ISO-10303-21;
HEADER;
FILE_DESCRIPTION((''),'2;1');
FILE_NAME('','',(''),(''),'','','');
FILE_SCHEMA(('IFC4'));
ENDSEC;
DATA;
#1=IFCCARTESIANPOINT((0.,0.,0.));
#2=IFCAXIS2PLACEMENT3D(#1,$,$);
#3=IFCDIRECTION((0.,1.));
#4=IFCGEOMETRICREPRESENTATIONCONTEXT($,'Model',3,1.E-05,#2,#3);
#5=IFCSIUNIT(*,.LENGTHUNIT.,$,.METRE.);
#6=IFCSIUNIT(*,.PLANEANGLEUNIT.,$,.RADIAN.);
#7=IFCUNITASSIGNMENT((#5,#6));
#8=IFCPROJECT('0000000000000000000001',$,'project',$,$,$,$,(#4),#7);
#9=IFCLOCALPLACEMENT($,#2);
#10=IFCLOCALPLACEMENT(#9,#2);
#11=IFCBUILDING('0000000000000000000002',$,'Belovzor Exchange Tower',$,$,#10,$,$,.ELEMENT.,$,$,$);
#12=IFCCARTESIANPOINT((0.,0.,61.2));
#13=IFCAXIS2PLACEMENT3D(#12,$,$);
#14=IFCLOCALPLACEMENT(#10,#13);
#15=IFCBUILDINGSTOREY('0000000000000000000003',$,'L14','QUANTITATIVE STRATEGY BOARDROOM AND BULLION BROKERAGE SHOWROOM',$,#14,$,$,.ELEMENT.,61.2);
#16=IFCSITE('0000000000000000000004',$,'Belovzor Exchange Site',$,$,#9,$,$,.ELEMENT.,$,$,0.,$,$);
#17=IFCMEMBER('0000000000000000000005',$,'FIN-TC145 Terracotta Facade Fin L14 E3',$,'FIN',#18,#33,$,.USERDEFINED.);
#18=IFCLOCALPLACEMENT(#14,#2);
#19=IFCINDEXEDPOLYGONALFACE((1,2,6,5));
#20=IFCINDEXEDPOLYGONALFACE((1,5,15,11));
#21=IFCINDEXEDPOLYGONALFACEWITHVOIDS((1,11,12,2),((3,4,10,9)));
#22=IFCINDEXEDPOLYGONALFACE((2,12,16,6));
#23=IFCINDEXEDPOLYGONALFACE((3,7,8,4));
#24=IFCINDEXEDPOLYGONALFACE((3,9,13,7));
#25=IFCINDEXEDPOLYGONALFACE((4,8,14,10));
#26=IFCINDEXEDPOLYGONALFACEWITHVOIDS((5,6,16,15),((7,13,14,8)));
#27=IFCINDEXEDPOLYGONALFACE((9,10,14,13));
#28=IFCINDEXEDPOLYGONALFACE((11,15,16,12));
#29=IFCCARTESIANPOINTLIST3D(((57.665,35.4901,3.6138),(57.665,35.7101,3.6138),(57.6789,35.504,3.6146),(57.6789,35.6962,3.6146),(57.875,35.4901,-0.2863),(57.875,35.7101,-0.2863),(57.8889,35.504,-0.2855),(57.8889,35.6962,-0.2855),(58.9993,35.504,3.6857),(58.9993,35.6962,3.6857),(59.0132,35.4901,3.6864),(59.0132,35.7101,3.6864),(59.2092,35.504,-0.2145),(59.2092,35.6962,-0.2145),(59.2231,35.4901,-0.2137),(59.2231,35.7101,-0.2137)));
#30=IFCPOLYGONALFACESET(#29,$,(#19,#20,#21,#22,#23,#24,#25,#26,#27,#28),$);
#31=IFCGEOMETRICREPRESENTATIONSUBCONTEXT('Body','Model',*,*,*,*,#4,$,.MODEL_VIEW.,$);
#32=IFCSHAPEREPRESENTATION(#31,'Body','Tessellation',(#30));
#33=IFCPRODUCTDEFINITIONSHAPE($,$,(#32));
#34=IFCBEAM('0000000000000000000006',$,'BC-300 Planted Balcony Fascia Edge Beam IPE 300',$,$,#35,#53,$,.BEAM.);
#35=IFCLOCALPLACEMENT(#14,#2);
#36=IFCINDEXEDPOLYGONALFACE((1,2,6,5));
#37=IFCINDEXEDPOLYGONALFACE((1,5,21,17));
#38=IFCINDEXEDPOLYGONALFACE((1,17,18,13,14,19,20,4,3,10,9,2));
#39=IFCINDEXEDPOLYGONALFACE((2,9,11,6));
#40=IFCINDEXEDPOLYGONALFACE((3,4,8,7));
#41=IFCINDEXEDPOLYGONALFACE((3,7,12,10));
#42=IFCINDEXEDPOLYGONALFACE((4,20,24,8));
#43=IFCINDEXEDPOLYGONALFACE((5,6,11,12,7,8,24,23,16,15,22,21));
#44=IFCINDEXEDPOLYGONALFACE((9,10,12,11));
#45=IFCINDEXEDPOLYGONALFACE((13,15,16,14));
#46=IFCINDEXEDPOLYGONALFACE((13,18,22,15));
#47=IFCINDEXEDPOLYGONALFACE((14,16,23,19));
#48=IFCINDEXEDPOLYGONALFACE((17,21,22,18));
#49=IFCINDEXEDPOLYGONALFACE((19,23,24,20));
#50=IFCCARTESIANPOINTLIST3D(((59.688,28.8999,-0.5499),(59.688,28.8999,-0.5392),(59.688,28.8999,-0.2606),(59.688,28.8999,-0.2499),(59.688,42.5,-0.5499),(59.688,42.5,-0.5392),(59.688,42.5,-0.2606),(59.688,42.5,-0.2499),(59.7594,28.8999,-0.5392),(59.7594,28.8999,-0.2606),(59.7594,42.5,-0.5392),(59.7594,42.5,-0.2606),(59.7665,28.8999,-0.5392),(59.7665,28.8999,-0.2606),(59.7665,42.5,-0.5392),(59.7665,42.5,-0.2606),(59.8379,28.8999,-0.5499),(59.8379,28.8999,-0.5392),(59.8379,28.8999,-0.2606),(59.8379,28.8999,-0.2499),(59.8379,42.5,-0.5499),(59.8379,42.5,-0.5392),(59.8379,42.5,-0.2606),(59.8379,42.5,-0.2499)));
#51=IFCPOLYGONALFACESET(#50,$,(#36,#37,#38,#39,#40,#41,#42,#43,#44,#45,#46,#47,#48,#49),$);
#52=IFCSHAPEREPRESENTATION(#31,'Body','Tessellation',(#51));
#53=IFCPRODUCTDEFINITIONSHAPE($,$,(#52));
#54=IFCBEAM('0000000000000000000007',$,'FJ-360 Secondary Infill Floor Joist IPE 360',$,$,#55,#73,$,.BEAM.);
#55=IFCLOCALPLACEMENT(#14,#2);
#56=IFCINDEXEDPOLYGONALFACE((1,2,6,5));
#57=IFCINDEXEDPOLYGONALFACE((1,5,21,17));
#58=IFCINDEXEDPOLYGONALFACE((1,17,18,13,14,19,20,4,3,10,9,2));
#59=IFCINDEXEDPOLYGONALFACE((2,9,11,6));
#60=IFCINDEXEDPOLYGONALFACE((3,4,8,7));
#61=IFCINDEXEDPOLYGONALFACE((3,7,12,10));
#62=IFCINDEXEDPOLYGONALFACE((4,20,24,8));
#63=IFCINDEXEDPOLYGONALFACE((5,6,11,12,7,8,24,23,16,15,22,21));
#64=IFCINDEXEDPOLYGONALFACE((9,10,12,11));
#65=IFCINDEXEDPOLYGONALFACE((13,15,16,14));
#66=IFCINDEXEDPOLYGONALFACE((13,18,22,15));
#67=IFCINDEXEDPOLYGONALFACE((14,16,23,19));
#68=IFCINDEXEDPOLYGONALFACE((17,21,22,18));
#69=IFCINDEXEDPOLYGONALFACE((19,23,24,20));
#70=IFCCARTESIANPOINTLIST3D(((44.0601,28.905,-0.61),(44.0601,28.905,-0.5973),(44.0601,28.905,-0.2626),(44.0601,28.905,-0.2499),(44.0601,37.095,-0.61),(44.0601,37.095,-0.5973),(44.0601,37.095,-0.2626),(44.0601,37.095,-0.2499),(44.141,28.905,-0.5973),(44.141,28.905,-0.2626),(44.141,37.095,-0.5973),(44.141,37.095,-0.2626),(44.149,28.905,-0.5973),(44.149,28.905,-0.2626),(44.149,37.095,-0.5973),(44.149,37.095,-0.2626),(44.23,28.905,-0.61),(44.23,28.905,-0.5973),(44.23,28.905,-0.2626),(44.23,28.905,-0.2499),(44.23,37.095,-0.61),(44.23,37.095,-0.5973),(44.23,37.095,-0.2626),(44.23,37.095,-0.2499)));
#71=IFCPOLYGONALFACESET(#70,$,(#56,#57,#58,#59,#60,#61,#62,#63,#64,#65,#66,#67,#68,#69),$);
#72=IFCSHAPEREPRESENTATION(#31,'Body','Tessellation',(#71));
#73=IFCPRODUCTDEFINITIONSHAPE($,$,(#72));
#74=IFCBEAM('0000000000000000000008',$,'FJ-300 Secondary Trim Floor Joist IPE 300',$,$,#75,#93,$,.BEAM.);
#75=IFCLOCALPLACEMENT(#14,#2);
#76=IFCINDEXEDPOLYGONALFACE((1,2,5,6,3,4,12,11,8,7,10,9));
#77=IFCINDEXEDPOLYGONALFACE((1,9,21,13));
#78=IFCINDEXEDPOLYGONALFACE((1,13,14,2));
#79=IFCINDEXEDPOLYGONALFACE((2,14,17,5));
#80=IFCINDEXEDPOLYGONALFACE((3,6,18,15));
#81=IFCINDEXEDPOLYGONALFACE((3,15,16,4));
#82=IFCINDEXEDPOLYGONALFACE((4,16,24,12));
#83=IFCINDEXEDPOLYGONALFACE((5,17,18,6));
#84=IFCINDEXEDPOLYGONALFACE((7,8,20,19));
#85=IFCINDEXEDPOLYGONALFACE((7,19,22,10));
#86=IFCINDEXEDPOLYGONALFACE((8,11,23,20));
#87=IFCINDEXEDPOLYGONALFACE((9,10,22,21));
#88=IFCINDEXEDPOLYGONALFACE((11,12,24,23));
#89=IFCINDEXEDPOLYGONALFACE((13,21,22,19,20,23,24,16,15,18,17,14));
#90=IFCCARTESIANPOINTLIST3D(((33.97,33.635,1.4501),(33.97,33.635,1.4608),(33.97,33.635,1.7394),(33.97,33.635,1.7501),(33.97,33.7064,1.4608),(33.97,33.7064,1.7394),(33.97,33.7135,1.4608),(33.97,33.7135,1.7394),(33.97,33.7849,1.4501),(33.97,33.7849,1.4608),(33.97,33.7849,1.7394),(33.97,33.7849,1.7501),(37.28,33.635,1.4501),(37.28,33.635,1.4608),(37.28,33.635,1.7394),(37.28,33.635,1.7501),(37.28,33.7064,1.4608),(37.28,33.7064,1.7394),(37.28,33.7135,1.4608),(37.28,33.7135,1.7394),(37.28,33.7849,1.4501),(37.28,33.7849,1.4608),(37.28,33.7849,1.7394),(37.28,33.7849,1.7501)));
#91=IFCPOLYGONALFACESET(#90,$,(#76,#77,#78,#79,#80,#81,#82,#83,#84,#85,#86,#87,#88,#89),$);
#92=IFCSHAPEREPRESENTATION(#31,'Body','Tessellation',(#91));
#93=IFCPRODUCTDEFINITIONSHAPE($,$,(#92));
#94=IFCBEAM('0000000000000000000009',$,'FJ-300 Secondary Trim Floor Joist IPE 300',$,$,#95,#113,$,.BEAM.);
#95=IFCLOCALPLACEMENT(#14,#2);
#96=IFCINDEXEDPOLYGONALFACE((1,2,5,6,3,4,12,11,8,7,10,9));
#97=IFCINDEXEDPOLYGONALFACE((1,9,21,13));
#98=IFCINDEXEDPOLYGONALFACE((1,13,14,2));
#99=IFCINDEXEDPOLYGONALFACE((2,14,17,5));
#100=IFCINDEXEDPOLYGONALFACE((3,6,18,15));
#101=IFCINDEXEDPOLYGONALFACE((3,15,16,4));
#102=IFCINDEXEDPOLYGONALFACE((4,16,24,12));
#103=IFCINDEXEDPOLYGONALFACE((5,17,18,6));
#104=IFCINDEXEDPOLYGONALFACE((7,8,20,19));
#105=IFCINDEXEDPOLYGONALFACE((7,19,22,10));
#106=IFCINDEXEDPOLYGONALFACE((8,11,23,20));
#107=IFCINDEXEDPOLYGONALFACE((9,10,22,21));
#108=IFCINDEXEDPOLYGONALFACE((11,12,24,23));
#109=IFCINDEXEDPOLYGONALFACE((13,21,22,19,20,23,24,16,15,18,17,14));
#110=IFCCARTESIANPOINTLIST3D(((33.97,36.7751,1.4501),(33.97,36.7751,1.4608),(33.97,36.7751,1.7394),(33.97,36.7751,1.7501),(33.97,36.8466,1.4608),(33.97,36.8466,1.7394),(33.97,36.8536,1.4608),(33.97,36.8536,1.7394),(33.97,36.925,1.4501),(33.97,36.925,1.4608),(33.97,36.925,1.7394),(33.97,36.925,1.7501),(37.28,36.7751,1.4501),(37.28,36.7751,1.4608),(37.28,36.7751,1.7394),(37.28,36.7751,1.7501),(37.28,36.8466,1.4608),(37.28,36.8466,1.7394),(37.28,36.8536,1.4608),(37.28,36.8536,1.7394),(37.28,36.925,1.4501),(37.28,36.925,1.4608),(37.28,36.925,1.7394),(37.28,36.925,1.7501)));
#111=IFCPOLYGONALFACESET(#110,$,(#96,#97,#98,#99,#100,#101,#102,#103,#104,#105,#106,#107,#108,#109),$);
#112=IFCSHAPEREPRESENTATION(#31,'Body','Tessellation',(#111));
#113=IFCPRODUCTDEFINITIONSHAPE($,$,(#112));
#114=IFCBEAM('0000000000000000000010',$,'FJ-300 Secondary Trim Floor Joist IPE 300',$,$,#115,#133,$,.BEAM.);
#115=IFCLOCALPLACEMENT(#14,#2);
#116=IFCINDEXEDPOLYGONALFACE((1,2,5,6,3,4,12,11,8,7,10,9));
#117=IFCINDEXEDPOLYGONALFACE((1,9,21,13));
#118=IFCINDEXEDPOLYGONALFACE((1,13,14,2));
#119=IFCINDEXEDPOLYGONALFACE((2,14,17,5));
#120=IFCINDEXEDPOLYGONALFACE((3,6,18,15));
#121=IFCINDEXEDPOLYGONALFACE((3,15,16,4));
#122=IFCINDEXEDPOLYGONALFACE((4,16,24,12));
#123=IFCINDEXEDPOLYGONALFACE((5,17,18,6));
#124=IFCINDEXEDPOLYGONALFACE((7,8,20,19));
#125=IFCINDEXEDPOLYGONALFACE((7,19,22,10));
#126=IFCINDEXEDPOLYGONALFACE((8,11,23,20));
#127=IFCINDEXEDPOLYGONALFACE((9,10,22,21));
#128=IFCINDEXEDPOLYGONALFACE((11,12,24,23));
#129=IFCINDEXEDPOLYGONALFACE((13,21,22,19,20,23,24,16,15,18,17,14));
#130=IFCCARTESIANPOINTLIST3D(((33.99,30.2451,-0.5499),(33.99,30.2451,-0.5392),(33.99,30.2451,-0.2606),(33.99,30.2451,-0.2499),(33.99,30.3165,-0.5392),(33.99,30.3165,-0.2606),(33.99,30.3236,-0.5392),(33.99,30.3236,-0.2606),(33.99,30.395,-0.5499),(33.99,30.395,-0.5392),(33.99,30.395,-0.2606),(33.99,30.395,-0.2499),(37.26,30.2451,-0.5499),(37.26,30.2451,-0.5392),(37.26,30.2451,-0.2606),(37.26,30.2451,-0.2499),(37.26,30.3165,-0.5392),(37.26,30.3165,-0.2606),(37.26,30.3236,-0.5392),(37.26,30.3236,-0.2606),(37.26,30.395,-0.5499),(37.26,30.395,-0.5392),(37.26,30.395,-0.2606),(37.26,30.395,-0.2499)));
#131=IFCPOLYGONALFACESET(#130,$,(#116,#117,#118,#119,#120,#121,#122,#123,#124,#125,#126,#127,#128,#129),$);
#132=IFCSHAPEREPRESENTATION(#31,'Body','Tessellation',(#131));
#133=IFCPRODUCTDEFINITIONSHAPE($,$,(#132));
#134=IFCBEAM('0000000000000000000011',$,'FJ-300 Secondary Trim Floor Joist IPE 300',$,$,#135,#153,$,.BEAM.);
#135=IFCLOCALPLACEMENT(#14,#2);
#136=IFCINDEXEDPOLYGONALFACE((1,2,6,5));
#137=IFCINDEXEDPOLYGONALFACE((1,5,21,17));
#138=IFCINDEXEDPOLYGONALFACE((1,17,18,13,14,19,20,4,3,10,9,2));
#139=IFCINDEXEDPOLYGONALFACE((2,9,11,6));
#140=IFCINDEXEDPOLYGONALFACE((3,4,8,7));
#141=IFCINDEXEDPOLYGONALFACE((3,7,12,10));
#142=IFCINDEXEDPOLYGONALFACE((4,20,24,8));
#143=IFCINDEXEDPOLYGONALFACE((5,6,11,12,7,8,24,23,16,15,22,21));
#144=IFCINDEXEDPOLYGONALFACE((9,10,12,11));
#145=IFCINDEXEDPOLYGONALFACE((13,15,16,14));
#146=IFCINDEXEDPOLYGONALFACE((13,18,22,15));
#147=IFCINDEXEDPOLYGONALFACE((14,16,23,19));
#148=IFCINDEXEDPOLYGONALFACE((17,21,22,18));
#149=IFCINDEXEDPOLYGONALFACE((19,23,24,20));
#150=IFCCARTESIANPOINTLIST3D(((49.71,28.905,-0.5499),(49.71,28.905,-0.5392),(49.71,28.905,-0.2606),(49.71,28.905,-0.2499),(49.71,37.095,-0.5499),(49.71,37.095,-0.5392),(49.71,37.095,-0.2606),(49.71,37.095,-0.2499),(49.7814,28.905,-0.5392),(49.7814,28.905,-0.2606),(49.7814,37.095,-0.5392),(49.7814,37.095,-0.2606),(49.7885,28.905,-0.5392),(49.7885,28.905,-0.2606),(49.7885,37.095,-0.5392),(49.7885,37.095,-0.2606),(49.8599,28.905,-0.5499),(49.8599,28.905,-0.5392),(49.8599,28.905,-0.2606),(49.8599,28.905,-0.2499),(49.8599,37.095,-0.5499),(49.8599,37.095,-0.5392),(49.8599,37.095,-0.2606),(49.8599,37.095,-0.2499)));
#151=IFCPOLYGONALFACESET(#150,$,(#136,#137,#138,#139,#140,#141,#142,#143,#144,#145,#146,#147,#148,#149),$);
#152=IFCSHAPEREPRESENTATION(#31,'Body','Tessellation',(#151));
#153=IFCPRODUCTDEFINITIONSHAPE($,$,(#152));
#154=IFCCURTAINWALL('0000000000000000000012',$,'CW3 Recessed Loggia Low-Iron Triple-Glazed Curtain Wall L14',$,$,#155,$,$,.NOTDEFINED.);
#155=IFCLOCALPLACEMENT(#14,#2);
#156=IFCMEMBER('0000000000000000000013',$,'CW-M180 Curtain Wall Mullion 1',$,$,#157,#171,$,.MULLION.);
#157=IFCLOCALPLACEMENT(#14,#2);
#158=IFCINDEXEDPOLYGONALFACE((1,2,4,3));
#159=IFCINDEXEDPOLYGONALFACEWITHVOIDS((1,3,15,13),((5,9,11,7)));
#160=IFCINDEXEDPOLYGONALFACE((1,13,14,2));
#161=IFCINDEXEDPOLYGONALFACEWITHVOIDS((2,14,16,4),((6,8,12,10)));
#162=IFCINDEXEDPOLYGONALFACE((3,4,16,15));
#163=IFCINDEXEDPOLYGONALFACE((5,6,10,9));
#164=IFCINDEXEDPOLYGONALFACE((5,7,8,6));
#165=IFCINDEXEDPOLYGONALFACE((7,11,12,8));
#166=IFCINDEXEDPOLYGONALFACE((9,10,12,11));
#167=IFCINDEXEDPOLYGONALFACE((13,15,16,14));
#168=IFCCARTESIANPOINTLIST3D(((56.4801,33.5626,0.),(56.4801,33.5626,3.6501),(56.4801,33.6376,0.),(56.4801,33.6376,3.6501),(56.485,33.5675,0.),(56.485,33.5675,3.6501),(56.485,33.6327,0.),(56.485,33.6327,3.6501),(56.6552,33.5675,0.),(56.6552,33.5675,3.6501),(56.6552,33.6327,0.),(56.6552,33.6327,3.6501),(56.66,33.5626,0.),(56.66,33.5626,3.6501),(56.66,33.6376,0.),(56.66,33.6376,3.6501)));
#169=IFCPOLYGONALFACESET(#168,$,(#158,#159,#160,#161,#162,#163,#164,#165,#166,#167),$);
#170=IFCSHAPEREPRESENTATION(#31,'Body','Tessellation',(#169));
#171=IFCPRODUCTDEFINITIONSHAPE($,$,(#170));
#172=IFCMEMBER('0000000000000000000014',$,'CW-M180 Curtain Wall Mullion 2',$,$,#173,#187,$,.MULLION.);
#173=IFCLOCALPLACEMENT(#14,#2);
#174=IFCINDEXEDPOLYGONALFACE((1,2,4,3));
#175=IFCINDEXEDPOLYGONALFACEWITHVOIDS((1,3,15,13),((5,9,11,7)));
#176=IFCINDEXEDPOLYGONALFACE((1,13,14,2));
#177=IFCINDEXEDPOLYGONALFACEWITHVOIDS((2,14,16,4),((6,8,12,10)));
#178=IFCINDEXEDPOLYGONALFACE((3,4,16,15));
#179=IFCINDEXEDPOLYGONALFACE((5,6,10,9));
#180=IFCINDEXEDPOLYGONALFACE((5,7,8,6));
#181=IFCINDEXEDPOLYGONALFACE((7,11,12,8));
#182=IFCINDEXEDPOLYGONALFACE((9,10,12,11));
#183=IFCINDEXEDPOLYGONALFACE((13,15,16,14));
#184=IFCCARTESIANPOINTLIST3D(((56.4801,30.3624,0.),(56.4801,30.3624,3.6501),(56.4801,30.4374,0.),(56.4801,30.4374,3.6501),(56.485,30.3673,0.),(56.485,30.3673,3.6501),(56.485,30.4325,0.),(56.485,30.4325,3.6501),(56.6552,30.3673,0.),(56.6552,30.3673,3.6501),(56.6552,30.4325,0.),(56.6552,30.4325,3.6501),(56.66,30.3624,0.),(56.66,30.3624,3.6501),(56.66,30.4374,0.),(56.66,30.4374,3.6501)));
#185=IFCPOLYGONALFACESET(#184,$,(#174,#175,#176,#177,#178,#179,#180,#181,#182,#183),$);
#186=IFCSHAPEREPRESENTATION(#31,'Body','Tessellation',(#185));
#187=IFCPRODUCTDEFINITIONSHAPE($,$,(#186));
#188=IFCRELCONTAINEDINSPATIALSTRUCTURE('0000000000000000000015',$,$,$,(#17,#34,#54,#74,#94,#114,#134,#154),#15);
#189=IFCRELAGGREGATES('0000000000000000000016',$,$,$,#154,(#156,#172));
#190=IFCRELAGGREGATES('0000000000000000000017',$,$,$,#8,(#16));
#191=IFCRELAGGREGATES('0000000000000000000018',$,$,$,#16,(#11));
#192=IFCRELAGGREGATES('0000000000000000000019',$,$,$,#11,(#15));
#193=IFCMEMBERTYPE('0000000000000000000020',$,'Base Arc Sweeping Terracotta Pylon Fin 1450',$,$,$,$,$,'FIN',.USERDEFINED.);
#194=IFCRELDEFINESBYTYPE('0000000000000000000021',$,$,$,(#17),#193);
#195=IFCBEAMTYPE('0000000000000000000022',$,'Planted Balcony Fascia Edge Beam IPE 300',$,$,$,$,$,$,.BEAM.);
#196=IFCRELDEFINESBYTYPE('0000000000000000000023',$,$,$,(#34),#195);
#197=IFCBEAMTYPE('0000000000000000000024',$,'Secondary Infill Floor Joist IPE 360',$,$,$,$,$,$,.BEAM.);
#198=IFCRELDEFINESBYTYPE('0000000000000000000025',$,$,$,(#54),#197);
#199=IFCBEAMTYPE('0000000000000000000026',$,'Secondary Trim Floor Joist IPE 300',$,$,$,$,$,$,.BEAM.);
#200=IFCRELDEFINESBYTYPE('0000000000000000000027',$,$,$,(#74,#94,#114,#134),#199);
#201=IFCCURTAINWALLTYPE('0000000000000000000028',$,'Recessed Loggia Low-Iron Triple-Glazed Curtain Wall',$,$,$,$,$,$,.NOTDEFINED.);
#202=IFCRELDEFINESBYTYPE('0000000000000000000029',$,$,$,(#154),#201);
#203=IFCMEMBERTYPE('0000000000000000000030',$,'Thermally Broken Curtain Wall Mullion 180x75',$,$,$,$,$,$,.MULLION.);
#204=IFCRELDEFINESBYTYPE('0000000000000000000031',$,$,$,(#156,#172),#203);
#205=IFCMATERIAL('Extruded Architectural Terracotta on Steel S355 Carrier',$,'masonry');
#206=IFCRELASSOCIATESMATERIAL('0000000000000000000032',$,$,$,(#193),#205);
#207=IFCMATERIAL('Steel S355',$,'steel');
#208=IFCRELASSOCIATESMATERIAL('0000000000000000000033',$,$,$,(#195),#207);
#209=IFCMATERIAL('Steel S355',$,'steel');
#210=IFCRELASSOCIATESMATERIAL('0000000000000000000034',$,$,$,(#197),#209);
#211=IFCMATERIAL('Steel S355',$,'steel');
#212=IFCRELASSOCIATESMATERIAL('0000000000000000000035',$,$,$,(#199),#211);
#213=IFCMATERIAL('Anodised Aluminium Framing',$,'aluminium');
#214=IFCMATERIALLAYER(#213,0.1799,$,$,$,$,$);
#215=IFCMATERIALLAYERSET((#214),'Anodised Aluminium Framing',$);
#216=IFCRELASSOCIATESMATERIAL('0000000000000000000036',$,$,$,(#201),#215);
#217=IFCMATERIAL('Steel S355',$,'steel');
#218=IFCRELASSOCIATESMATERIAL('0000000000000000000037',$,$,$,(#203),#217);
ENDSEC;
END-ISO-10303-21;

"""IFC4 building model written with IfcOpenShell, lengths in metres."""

from ifc_helpers import new_model, si_unit, direction, frame, origin, origin_2d, place, context, subcontext, project, spatial, hollow_rectangle, i_section, extrude, material, layer, layer_set, material_profile, profile_set, type_object, element, aggregate, save


model = new_model("IFC4")

# Units and contexts
model_context = context("Model", 3, precision=1e-05, world=origin(), true_north=direction((0.0, 1.0)))
body_context = subcontext(model_context, "Body", "Model", "MODEL_VIEW")
ifc_project = project(units=[si_unit("LENGTHUNIT", "METRE"), si_unit("PLANEANGLEUNIT", "RADIAN")], contexts=[model_context])

# Site, building, storey
site_placement = place(None, origin())
site = spatial("IfcSite", under=ifc_project, at=site_placement, Name="Belovzor Exchange Site", CompositionType="ELEMENT", RefElevation=0.0)
building_placement = place(site_placement, origin())
building = spatial("IfcBuilding", under=site, at=building_placement, Name="Belovzor Exchange Tower", CompositionType="ELEMENT")
storey_placement = place(building_placement, frame((0.0, 0.0, 61.2)))
storey = spatial("IfcBuildingStorey", under=building, at=storey_placement, Name="L14", Description="QUANTITATIVE STRATEGY BOARDROOM AND BULLION BROKERAGE SHOWROOM", CompositionType="ELEMENT", Elevation=61.2)

# Member
ifc_material_1 = material(Name="Extruded Architectural Terracotta on Steel S355 Carrier", Category="masonry")
ifc_material_profile_1 = material_profile(ifc_material_1, hollow_rectangle(XDim=0.22, YDim=1.3501, WallThickness=0.0139, at=origin_2d()))
ifc_profile_set_1 = profile_set([ifc_material_profile_1], Name="Extruded Architectural Terracotta on Steel S355 Carrier")
member_type_1 = type_object("IfcMemberType", Name="Base Arc Sweeping Terracotta Pylon Fin 1450", ElementType="FIN", PredefinedType="USERDEFINED", material=ifc_profile_set_1)
member_1_placement = place(storey_placement, frame((58.5491, 35.6001, -0.25), z_axis=(-0.053756, 0.0, 0.998554), x_axis=(0.0, -1.0, 0.0)))
element("IfcMember", 1, at=member_1_placement, inside=storey, type_object=member_type_1, Name="FIN-TC145 Terracotta Facade Fin L14 E3", ObjectType="FIN", PredefinedType="USERDEFINED", context=body_context, shape_type="SweptSolid", body=[
    extrude(hollow_rectangle(XDim=0.22, YDim=1.3501, WallThickness=0.0139, at=origin_2d()), origin(), (0.0, 0.0, 1.0), 3.9058),
])

# Beams
ifc_material_2 = material(Name="Steel S355", Category="steel")
ifc_material_profile_2 = material_profile(ifc_material_2, i_section(OverallWidth=0.1499, OverallDepth=0.3, WebThickness=0.0071, FlangeThickness=0.0107, at=origin_2d()))
ifc_profile_set_2 = profile_set([ifc_material_profile_2], Name="Steel S355")
beam_type_1 = type_object("IfcBeamType", Name="Planted Balcony Fascia Edge Beam IPE 300", PredefinedType="BEAM", material=ifc_profile_set_2)
beam_1_placement = place(storey_placement, frame((59.7629, 28.8999, -0.3999), z_axis=(0.0, 1.0, 0.0), x_axis=(-1.0, 0.0, 0.0)))
element("IfcBeam", 2, at=beam_1_placement, inside=storey, type_object=beam_type_1, Name="BC-300 Planted Balcony Fascia Edge Beam IPE 300", PredefinedType="BEAM", context=body_context, shape_type="SweptSolid", body=[
    extrude(i_section(OverallWidth=0.1499, OverallDepth=0.3, WebThickness=0.0071, FlangeThickness=0.0107, at=origin_2d()), origin(), (0.0, 0.0, 1.0), 13.6001),
])
ifc_material_3 = material(Name="Steel S355", Category="steel")
ifc_material_profile_3 = material_profile(ifc_material_3, i_section(OverallWidth=0.1699, OverallDepth=0.3601, WebThickness=0.0081, FlangeThickness=0.0127, at=origin_2d()))
ifc_profile_set_3 = profile_set([ifc_material_profile_3], Name="Steel S355")
beam_type_2 = type_object("IfcBeamType", Name="Secondary Infill Floor Joist IPE 360", PredefinedType="BEAM", material=ifc_profile_set_3)
beam_2_placement = place(storey_placement, frame((44.145, 28.905, -0.4299), z_axis=(0.0, 1.0, 0.0), x_axis=(-1.0, 0.0, 0.0)))
element("IfcBeam", 3, at=beam_2_placement, inside=storey, type_object=beam_type_2, Name="FJ-360 Secondary Infill Floor Joist IPE 360", PredefinedType="BEAM", context=body_context, shape_type="SweptSolid", body=[
    extrude(i_section(OverallWidth=0.1699, OverallDepth=0.3601, WebThickness=0.0081, FlangeThickness=0.0127, at=origin_2d()), origin(), (0.0, 0.0, 1.0), 8.1899),
])
ifc_material_4 = material(Name="Steel S355", Category="steel")
ifc_material_profile_4 = material_profile(ifc_material_4, i_section(OverallWidth=0.1499, OverallDepth=0.3, WebThickness=0.0071, FlangeThickness=0.0107, at=origin_2d()))
ifc_profile_set_4 = profile_set([ifc_material_profile_4], Name="Steel S355")
beam_type_3 = type_object("IfcBeamType", Name="Secondary Trim Floor Joist IPE 300", PredefinedType="BEAM", material=ifc_profile_set_4)
for number, where, z_axis, x_axis, name in (
    (4, (37.28, 33.71, 1.6001), (-1.0, 0.0, 0.0), (0.0, -1.0, 0.0), "FJ-300 Secondary Trim Floor Joist IPE 300"),
    (5, (37.28, 36.8501, 1.6001), (-1.0, 0.0, 0.0), (0.0, -1.0, 0.0), "FJ-300 Secondary Trim Floor Joist IPE 300"),
):
    element("IfcBeam", number, at=place(storey_placement, frame(where, z_axis=z_axis, x_axis=x_axis)), inside=storey, type_object=beam_type_3, Name=name, PredefinedType="BEAM", context=body_context, shape_type="SweptSolid", body=[
        extrude(i_section(OverallWidth=0.1499, OverallDepth=0.3, WebThickness=0.0071, FlangeThickness=0.0107, at=origin_2d()), origin(), (0.0, 0.0, 1.0), 3.3101),
    ])
beam_3_placement = place(storey_placement, frame((37.26, 30.3201, -0.3999), z_axis=(-1.0, 0.0, 0.0), x_axis=(0.0, -1.0, 0.0)))
element("IfcBeam", 6, at=beam_3_placement, inside=storey, type_object=beam_type_3, Name="FJ-300 Secondary Trim Floor Joist IPE 300", PredefinedType="BEAM", context=body_context, shape_type="SweptSolid", body=[
    extrude(i_section(OverallWidth=0.1499, OverallDepth=0.3, WebThickness=0.0071, FlangeThickness=0.0107, at=origin_2d()), origin(), (0.0, 0.0, 1.0), 3.27),
])
beam_4_placement = place(storey_placement, frame((49.7849, 28.905, -0.3999), z_axis=(0.0, 1.0, 0.0), x_axis=(-1.0, 0.0, 0.0)))
element("IfcBeam", 7, at=beam_4_placement, inside=storey, type_object=beam_type_3, Name="FJ-300 Secondary Trim Floor Joist IPE 300", PredefinedType="BEAM", context=body_context, shape_type="SweptSolid", body=[
    extrude(i_section(OverallWidth=0.1499, OverallDepth=0.3, WebThickness=0.0071, FlangeThickness=0.0107, at=origin_2d()), origin(), (0.0, 0.0, 1.0), 8.1899),
])

# Curtain wall, members
ifc_material_5 = material(Name="Anodised Aluminium Framing", Category="aluminium")
ifc_layer_1 = layer(ifc_material_5, 0.1799)
ifc_layer_set_1 = layer_set([ifc_layer_1], Name="Anodised Aluminium Framing")
curtain_wall_type = type_object("IfcCurtainWallType", Name="Recessed Loggia Low-Iron Triple-Glazed Curtain Wall", PredefinedType="NOTDEFINED", material=ifc_layer_set_1)
curtain_wall_placement = place(storey_placement, origin())
curtain_wall = element("IfcCurtainWall", 8, at=curtain_wall_placement, inside=storey, type_object=curtain_wall_type, Name="CW3 Recessed Loggia Low-Iron Triple-Glazed Curtain Wall L14", PredefinedType="NOTDEFINED")
ifc_material_6 = material(Name="Steel S355", Category="steel")
ifc_material_profile_5 = material_profile(ifc_material_6, hollow_rectangle(XDim=0.075, YDim=0.1799, WallThickness=0.0049, at=origin_2d()))
ifc_profile_set_5 = profile_set([ifc_material_profile_5], Name="Steel S355")
member_type_2 = type_object("IfcMemberType", Name="Thermally Broken Curtain Wall Mullion 180x75", PredefinedType="MULLION", material=ifc_profile_set_5)
member_2_placement = place(storey_placement, frame((56.5701, 33.6001, 0.0), z_axis=(0.0, 0.0, 1.0), x_axis=(0.0, -1.0, 0.0)))
member_2 = element("IfcMember", 9, at=member_2_placement, type_object=member_type_2, Name="CW-M180 Curtain Wall Mullion 1", PredefinedType="MULLION", context=body_context, shape_type="SweptSolid", body=[
    extrude(hollow_rectangle(XDim=0.075, YDim=0.1799, WallThickness=0.0049, at=origin_2d()), origin(), (0.0, 0.0, 1.0), 3.6501),
])
member_3_placement = place(storey_placement, frame((56.5701, 30.3999, 0.0), z_axis=(0.0, 0.0, 1.0), x_axis=(0.0, -1.0, 0.0)))
member_3 = element("IfcMember", 10, at=member_3_placement, type_object=member_type_2, Name="CW-M180 Curtain Wall Mullion 2", PredefinedType="MULLION", context=body_context, shape_type="SweptSolid", body=[
    extrude(hollow_rectangle(XDim=0.075, YDim=0.1799, WallThickness=0.0049, at=origin_2d()), origin(), (0.0, 0.0, 1.0), 3.6501),
])

aggregate(curtain_wall, [member_2, member_3])

save(model, "model.ifc")
